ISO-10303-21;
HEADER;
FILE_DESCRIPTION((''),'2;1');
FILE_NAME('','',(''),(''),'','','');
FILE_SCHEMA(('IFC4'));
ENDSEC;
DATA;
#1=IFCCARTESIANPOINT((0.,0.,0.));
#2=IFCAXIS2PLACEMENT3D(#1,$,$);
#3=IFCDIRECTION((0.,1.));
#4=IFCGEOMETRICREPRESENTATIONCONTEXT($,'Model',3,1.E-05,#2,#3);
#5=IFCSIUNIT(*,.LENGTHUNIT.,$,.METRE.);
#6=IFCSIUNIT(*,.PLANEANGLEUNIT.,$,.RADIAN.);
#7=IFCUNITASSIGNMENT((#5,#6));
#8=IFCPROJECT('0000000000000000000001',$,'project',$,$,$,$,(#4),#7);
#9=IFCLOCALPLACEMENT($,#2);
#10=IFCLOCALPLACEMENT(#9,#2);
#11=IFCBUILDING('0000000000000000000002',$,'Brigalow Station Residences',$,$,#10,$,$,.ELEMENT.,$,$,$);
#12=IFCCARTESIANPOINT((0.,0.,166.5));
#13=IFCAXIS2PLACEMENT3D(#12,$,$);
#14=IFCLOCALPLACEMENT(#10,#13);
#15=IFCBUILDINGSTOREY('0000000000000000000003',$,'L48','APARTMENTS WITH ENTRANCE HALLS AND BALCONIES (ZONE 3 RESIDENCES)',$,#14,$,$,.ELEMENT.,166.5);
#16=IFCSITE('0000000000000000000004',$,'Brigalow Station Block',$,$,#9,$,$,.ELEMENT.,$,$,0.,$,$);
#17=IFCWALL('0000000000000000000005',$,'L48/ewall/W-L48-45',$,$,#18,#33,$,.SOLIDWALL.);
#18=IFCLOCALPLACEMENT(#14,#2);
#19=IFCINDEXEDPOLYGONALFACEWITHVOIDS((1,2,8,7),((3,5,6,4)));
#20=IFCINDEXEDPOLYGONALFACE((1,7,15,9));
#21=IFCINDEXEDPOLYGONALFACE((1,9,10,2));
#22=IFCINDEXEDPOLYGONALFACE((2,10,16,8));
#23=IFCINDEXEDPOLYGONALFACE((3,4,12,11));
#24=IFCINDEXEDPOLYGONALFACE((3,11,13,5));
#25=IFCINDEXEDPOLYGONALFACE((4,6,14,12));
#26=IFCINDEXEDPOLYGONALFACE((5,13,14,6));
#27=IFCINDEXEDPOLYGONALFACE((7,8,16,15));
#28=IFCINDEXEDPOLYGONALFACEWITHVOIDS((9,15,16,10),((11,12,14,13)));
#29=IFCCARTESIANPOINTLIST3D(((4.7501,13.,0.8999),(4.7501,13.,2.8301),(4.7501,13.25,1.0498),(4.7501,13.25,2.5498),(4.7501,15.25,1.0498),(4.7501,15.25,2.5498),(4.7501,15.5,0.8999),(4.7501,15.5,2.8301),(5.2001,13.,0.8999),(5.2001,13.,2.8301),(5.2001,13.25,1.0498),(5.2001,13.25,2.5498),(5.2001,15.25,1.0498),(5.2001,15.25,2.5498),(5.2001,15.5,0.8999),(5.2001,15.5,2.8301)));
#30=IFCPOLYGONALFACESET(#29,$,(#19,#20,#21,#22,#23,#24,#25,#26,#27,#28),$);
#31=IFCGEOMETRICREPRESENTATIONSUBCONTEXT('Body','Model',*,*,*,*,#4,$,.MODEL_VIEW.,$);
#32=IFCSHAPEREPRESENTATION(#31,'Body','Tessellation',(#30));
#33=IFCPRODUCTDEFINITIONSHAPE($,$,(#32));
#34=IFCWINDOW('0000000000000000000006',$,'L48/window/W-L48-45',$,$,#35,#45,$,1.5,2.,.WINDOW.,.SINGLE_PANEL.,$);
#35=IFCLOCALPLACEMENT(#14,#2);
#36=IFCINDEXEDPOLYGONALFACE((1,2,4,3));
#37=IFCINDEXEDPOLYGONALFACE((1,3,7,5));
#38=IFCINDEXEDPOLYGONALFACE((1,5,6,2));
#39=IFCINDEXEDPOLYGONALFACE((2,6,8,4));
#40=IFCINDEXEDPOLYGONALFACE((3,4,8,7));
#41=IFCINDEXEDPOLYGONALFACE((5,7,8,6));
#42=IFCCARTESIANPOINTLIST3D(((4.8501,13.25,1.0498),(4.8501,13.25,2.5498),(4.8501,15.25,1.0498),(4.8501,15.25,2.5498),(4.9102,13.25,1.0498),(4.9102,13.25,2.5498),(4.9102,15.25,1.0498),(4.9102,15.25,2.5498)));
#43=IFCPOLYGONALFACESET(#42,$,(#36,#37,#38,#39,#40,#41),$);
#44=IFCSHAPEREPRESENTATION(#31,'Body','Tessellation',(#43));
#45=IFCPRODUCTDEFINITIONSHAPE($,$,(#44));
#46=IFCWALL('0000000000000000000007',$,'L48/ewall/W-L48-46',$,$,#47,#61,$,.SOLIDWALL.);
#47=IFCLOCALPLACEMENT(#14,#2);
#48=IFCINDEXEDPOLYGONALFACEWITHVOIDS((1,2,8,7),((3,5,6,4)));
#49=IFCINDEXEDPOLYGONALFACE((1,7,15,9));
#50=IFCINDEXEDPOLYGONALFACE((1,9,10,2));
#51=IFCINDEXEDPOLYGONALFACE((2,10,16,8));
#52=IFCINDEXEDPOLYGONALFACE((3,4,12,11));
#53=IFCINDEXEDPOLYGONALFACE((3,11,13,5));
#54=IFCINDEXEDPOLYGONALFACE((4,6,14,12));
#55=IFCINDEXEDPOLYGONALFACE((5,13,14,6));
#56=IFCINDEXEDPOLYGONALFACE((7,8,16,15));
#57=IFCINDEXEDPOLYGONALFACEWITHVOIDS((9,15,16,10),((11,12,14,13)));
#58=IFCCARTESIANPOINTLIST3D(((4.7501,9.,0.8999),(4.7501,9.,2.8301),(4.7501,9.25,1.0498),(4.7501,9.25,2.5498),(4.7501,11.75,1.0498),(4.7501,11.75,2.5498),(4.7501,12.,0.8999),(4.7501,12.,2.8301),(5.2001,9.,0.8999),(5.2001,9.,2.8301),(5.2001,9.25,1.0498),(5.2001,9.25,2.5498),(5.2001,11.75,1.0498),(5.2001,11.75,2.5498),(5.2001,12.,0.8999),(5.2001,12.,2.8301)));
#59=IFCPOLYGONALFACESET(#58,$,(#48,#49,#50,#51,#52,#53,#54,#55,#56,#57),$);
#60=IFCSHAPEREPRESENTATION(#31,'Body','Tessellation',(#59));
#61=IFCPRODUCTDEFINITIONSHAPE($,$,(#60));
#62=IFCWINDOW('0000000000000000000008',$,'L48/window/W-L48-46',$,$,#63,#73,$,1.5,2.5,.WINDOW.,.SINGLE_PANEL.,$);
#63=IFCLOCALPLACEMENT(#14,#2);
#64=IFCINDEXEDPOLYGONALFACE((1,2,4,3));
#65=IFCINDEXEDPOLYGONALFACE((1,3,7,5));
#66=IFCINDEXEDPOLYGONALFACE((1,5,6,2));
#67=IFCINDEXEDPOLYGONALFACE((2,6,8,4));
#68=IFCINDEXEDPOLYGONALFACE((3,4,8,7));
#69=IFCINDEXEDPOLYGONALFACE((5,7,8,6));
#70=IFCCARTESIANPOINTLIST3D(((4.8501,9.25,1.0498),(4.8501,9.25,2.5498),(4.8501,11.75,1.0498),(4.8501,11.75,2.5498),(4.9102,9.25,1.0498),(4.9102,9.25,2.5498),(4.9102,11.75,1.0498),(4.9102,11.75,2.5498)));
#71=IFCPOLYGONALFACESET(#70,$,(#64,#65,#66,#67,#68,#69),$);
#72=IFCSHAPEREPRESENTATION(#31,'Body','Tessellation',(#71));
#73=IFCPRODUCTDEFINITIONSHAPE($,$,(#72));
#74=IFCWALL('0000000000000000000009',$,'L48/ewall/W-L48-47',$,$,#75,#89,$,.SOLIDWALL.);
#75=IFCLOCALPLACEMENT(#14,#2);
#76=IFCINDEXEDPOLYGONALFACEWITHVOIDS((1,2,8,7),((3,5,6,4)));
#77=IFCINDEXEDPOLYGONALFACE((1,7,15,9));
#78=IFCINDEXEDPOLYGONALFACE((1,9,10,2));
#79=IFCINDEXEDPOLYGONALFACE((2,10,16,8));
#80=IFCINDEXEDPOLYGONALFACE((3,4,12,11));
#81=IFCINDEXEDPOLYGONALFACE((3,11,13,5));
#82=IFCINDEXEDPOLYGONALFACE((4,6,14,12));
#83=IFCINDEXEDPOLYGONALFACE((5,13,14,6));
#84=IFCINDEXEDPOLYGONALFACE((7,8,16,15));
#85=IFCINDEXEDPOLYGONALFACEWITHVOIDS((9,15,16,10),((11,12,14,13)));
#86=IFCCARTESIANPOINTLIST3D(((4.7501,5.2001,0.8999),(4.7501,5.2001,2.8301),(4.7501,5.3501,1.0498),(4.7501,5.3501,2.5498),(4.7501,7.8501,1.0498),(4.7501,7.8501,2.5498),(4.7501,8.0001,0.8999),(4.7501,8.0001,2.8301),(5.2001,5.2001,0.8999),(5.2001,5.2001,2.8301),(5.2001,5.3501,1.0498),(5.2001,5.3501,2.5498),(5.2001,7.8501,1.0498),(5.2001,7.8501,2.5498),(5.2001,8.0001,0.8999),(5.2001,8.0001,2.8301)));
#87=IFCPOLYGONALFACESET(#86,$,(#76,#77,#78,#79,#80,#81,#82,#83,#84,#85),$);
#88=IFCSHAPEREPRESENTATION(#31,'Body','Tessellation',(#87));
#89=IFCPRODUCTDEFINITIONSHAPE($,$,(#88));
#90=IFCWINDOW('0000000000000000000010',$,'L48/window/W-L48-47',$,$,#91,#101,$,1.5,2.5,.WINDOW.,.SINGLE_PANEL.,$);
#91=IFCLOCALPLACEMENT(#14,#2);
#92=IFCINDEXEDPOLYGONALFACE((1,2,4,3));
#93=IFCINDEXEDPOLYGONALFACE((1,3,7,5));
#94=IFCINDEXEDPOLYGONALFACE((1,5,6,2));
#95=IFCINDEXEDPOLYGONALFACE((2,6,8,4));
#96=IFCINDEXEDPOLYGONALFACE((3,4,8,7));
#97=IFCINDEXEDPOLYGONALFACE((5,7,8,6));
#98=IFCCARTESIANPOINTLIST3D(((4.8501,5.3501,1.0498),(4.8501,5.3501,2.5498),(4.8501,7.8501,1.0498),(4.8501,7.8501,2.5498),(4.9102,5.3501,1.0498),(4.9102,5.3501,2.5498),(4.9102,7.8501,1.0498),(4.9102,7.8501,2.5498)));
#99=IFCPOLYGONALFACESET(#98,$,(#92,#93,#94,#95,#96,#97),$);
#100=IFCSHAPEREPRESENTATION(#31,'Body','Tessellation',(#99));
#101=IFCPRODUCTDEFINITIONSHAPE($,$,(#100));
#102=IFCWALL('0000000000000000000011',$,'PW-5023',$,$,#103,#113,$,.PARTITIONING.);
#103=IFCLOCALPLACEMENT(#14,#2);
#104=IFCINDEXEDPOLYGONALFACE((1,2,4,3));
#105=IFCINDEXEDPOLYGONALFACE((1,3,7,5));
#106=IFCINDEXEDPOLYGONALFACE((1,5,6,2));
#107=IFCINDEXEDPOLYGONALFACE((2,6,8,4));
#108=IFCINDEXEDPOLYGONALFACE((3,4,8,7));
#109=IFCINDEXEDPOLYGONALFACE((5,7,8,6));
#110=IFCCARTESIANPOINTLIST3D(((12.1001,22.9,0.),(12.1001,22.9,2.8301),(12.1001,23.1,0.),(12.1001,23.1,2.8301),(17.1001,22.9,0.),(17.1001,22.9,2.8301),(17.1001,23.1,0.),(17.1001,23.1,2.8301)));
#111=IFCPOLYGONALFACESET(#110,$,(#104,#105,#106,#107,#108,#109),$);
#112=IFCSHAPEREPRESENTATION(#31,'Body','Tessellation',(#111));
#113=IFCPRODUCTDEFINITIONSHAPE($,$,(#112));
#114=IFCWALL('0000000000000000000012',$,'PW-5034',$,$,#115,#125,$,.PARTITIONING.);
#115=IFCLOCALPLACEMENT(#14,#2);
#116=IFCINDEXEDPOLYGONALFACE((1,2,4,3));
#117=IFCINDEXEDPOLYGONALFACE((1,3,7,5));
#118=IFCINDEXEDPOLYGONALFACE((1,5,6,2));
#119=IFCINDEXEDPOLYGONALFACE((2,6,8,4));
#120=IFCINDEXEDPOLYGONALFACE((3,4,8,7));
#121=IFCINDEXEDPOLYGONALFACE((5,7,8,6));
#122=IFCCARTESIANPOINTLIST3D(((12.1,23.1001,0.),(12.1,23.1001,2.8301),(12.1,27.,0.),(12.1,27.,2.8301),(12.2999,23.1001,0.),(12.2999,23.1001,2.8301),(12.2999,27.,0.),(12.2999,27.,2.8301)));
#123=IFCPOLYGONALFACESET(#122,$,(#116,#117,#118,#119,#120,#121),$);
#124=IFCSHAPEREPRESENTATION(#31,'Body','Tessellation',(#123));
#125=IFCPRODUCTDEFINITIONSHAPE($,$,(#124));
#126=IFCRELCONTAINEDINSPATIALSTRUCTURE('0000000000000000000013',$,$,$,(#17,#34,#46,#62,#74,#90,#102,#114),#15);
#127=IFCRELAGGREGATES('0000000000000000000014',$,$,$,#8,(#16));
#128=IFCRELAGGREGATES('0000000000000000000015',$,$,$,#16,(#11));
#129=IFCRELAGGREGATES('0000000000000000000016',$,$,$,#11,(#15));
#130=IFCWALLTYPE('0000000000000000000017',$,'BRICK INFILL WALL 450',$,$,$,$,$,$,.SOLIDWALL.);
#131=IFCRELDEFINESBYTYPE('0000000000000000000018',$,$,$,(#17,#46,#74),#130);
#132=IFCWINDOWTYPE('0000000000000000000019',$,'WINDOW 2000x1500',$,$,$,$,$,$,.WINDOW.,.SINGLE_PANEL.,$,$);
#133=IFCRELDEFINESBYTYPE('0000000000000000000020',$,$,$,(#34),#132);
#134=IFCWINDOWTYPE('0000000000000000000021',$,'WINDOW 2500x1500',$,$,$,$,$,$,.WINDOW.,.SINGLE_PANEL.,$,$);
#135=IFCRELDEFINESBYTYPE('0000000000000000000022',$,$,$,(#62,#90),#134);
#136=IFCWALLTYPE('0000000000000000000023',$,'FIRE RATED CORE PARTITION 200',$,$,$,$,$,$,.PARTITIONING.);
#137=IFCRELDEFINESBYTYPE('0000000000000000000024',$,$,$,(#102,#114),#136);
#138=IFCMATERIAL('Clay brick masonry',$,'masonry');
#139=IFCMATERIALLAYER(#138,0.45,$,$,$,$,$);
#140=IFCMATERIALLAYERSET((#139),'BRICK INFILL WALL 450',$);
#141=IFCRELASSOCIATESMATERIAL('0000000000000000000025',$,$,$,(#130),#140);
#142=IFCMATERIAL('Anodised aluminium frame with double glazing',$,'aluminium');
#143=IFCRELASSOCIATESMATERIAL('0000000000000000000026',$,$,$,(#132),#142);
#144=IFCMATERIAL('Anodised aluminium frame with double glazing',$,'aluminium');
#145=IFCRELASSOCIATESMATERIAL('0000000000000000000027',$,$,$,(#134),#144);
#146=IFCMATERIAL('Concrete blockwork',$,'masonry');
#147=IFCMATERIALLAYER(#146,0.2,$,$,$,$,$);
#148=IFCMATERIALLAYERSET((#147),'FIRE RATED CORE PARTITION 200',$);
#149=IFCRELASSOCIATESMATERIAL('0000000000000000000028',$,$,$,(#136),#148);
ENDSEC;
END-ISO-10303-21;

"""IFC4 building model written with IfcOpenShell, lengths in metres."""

from ifc_helpers import new_model, si_unit, direction, frame, frame_2d, origin, place, context, subcontext, project, spatial, rectangle, extrude, material, layer, layer_set, type_object, element, fill, save


model = new_model("IFC4")

# Units and contexts
model_context = context("Model", 3, precision=1e-05, world=origin(), true_north=direction((0.0, 1.0)))
body_context = subcontext(model_context, "Body", "Model", "MODEL_VIEW")
ifc_project = project(units=[si_unit("LENGTHUNIT", "METRE"), si_unit("PLANEANGLEUNIT", "RADIAN")], contexts=[model_context])

# Site, building, storey
site_placement = place(None, origin())
site = spatial("IfcSite", under=ifc_project, at=site_placement, Name="Brigalow Station Block", CompositionType="ELEMENT", RefElevation=0.0)
building_placement = place(site_placement, origin())
building = spatial("IfcBuilding", under=site, at=building_placement, Name="Brigalow Station Residences", CompositionType="ELEMENT")
storey_placement = place(building_placement, frame((0.0, 0.0, 166.5)))
storey = spatial("IfcBuildingStorey", under=building, at=storey_placement, Name="L48", Description="APARTMENTS WITH ENTRANCE HALLS AND BALCONIES (ZONE 3 RESIDENCES)", CompositionType="ELEMENT", Elevation=166.5)

# Shared definitions
ifc_material_1 = material(Name="Clay brick masonry", Category="masonry")
ifc_layer_1 = layer(ifc_material_1, 0.45)
ifc_layer_set_1 = layer_set([ifc_layer_1], Name="BRICK INFILL WALL 450")
wall_type_1 = type_object("IfcWallType", Name="BRICK INFILL WALL 450", PredefinedType="SOLIDWALL", material=ifc_layer_set_1)

# Walls, openings, windows
wall_1_placement = place(storey_placement, frame((4.9751, 15.5, 0.8999), z_axis=(0.0, 0.0, 1.0), x_axis=(0.0, -1.0, 0.0)))
wall_1 = element("IfcWall", 1, at=wall_1_placement, inside=storey, type_object=wall_type_1, Name="L48/ewall/W-L48-45", PredefinedType="SOLIDWALL", context=body_context, shape_type="SweptSolid", body=[
    extrude(rectangle(XDim=2.5, YDim=0.45, at=frame_2d((1.25, 0.0))), origin(), (0.0, 0.0, 1.0), 1.9302),
])
opening_1_placement = place(wall_1_placement, frame((0.25, 0.0, 0.1499)))
opening_1 = element("IfcOpeningElement", 2, at=opening_1_placement, cuts=wall_1, PredefinedType="OPENING", context=body_context, shape_type="SweptSolid", body=[
    extrude(rectangle(XDim=2.0, YDim=1.5, at=frame_2d((1.0, 0.75))), frame((0.0, 0.2349, 0.0), z_axis=(0.0, -1.0, 0.0), x_axis=(1.0, 0.0, 0.0)), (0.0, 0.0, 1.0), 0.47),
])
ifc_material_2 = material(Name="Anodised aluminium frame with double glazing", Category="aluminium")
window_type_1 = type_object("IfcWindowType", Name="WINDOW 2000x1500", PartitioningType="SINGLE_PANEL", PredefinedType="WINDOW", material=ifc_material_2)
window_1_placement = place(opening_1_placement, origin())
window_1 = element("IfcWindow", 3, at=window_1_placement, inside=storey, type_object=window_type_1, Name="L48/window/W-L48-45", OverallHeight=1.5, OverallWidth=2.0, PartitioningType="SINGLE_PANEL", PredefinedType="WINDOW", context=body_context, shape_type="SweptSolid", body=[
    extrude(rectangle(XDim=2.0, YDim=1.5, at=frame_2d((1.0, 0.75))), frame((0.0, -0.0649, 0.0), z_axis=(0.0, -1.0, 0.0), x_axis=(1.0, 0.0, 0.0)), (0.0, 0.0, 1.0), 0.0601),
])
fill(opening_1, window_1)
wall_2_placement = place(storey_placement, frame((4.9751, 12.0, 0.8999), z_axis=(0.0, 0.0, 1.0), x_axis=(0.0, -1.0, 0.0)))
wall_2 = element("IfcWall", 4, at=wall_2_placement, inside=storey, type_object=wall_type_1, Name="L48/ewall/W-L48-46", PredefinedType="SOLIDWALL", context=body_context, shape_type="SweptSolid", body=[
    extrude(rectangle(XDim=3.0, YDim=0.45, at=frame_2d((1.5, 0.0))), origin(), (0.0, 0.0, 1.0), 1.9302),
])
opening_2_placement = place(wall_2_placement, frame((0.25, 0.0, 0.1499)))
opening_2 = element("IfcOpeningElement", 5, at=opening_2_placement, cuts=wall_2, PredefinedType="OPENING", context=body_context, shape_type="SweptSolid", body=[
    extrude(rectangle(XDim=2.5, YDim=1.5, at=frame_2d((1.25, 0.75))), frame((0.0, 0.2349, 0.0), z_axis=(0.0, -1.0, 0.0), x_axis=(1.0, 0.0, 0.0)), (0.0, 0.0, 1.0), 0.47),
])
ifc_material_3 = material(Name="Anodised aluminium frame with double glazing", Category="aluminium")
window_type_2 = type_object("IfcWindowType", Name="WINDOW 2500x1500", PartitioningType="SINGLE_PANEL", PredefinedType="WINDOW", material=ifc_material_3)
window_2_placement = place(opening_2_placement, origin())
window_2 = element("IfcWindow", 6, at=window_2_placement, inside=storey, type_object=window_type_2, Name="L48/window/W-L48-46", OverallHeight=1.5, OverallWidth=2.5, PartitioningType="SINGLE_PANEL", PredefinedType="WINDOW", context=body_context, shape_type="SweptSolid", body=[
    extrude(rectangle(XDim=2.5, YDim=1.5, at=frame_2d((1.25, 0.75))), frame((0.0, -0.0649, 0.0), z_axis=(0.0, -1.0, 0.0), x_axis=(1.0, 0.0, 0.0)), (0.0, 0.0, 1.0), 0.0601),
])
fill(opening_2, window_2)
wall_3_placement = place(storey_placement, frame((4.9751, 8.0, 0.8999), z_axis=(0.0, 0.0, 1.0), x_axis=(0.0, -1.0, 0.0)))
wall_3 = element("IfcWall", 7, at=wall_3_placement, inside=storey, type_object=wall_type_1, Name="L48/ewall/W-L48-47", PredefinedType="SOLIDWALL", context=body_context, shape_type="SweptSolid", body=[
    extrude(rectangle(XDim=2.8, YDim=0.45, at=frame_2d((1.3999, 0.0))), origin(), (0.0, 0.0, 1.0), 1.9302),
])
opening_3_placement = place(wall_3_placement, frame((0.1499, 0.0, 0.1499)))
opening_3 = element("IfcOpeningElement", 8, at=opening_3_placement, cuts=wall_3, PredefinedType="OPENING", context=body_context, shape_type="SweptSolid", body=[
    extrude(rectangle(XDim=2.5, YDim=1.5, at=frame_2d((1.25, 0.75))), frame((0.0, 0.2349, 0.0), z_axis=(0.0, -1.0, 0.0), x_axis=(1.0, 0.0, 0.0)), (0.0, 0.0, 1.0), 0.47),
])
window_3_placement = place(opening_3_placement, origin())
window_3 = element("IfcWindow", 9, at=window_3_placement, inside=storey, type_object=window_type_2, Name="L48/window/W-L48-47", OverallHeight=1.5, OverallWidth=2.5, PartitioningType="SINGLE_PANEL", PredefinedType="WINDOW", context=body_context, shape_type="SweptSolid", body=[
    extrude(rectangle(XDim=2.5, YDim=1.5, at=frame_2d((1.25, 0.75))), frame((0.0, -0.0649, 0.0), z_axis=(0.0, -1.0, 0.0), x_axis=(1.0, 0.0, 0.0)), (0.0, 0.0, 1.0), 0.0601),
])
fill(opening_3, window_3)

# Walls
ifc_material_4 = material(Name="Concrete blockwork", Category="masonry")
ifc_layer_2 = layer(ifc_material_4, 0.2)
ifc_layer_set_2 = layer_set([ifc_layer_2], Name="FIRE RATED CORE PARTITION 200")
wall_type_2 = type_object("IfcWallType", Name="FIRE RATED CORE PARTITION 200", PredefinedType="PARTITIONING", material=ifc_layer_set_2)
wall_4_placement = place(storey_placement, frame((12.1001, 23.0, 0.0), z_axis=(0.0, 0.0, 1.0), x_axis=(1.0, 0.0, 0.0)))
element("IfcWall", 10, at=wall_4_placement, inside=storey, type_object=wall_type_2, Name="PW-5023", PredefinedType="PARTITIONING", context=body_context, shape_type="SweptSolid", body=[
    extrude(rectangle(XDim=5.0, YDim=0.2, at=frame_2d((2.5, 0.0))), origin(), (0.0, 0.0, 1.0), 2.8301),
])
wall_5_placement = place(storey_placement, frame((12.2, 23.1001, 0.0), z_axis=(0.0, 0.0, 1.0), x_axis=(0.0, 1.0, 0.0)))
element("IfcWall", 11, at=wall_5_placement, inside=storey, type_object=wall_type_2, Name="PW-5034", PredefinedType="PARTITIONING", context=body_context, shape_type="SweptSolid", body=[
    extrude(rectangle(XDim=3.8999, YDim=0.2, at=frame_2d((1.95, 0.0))), origin(), (0.0, 0.0, 1.0), 2.8301),
])

save(model, "model.ifc")
